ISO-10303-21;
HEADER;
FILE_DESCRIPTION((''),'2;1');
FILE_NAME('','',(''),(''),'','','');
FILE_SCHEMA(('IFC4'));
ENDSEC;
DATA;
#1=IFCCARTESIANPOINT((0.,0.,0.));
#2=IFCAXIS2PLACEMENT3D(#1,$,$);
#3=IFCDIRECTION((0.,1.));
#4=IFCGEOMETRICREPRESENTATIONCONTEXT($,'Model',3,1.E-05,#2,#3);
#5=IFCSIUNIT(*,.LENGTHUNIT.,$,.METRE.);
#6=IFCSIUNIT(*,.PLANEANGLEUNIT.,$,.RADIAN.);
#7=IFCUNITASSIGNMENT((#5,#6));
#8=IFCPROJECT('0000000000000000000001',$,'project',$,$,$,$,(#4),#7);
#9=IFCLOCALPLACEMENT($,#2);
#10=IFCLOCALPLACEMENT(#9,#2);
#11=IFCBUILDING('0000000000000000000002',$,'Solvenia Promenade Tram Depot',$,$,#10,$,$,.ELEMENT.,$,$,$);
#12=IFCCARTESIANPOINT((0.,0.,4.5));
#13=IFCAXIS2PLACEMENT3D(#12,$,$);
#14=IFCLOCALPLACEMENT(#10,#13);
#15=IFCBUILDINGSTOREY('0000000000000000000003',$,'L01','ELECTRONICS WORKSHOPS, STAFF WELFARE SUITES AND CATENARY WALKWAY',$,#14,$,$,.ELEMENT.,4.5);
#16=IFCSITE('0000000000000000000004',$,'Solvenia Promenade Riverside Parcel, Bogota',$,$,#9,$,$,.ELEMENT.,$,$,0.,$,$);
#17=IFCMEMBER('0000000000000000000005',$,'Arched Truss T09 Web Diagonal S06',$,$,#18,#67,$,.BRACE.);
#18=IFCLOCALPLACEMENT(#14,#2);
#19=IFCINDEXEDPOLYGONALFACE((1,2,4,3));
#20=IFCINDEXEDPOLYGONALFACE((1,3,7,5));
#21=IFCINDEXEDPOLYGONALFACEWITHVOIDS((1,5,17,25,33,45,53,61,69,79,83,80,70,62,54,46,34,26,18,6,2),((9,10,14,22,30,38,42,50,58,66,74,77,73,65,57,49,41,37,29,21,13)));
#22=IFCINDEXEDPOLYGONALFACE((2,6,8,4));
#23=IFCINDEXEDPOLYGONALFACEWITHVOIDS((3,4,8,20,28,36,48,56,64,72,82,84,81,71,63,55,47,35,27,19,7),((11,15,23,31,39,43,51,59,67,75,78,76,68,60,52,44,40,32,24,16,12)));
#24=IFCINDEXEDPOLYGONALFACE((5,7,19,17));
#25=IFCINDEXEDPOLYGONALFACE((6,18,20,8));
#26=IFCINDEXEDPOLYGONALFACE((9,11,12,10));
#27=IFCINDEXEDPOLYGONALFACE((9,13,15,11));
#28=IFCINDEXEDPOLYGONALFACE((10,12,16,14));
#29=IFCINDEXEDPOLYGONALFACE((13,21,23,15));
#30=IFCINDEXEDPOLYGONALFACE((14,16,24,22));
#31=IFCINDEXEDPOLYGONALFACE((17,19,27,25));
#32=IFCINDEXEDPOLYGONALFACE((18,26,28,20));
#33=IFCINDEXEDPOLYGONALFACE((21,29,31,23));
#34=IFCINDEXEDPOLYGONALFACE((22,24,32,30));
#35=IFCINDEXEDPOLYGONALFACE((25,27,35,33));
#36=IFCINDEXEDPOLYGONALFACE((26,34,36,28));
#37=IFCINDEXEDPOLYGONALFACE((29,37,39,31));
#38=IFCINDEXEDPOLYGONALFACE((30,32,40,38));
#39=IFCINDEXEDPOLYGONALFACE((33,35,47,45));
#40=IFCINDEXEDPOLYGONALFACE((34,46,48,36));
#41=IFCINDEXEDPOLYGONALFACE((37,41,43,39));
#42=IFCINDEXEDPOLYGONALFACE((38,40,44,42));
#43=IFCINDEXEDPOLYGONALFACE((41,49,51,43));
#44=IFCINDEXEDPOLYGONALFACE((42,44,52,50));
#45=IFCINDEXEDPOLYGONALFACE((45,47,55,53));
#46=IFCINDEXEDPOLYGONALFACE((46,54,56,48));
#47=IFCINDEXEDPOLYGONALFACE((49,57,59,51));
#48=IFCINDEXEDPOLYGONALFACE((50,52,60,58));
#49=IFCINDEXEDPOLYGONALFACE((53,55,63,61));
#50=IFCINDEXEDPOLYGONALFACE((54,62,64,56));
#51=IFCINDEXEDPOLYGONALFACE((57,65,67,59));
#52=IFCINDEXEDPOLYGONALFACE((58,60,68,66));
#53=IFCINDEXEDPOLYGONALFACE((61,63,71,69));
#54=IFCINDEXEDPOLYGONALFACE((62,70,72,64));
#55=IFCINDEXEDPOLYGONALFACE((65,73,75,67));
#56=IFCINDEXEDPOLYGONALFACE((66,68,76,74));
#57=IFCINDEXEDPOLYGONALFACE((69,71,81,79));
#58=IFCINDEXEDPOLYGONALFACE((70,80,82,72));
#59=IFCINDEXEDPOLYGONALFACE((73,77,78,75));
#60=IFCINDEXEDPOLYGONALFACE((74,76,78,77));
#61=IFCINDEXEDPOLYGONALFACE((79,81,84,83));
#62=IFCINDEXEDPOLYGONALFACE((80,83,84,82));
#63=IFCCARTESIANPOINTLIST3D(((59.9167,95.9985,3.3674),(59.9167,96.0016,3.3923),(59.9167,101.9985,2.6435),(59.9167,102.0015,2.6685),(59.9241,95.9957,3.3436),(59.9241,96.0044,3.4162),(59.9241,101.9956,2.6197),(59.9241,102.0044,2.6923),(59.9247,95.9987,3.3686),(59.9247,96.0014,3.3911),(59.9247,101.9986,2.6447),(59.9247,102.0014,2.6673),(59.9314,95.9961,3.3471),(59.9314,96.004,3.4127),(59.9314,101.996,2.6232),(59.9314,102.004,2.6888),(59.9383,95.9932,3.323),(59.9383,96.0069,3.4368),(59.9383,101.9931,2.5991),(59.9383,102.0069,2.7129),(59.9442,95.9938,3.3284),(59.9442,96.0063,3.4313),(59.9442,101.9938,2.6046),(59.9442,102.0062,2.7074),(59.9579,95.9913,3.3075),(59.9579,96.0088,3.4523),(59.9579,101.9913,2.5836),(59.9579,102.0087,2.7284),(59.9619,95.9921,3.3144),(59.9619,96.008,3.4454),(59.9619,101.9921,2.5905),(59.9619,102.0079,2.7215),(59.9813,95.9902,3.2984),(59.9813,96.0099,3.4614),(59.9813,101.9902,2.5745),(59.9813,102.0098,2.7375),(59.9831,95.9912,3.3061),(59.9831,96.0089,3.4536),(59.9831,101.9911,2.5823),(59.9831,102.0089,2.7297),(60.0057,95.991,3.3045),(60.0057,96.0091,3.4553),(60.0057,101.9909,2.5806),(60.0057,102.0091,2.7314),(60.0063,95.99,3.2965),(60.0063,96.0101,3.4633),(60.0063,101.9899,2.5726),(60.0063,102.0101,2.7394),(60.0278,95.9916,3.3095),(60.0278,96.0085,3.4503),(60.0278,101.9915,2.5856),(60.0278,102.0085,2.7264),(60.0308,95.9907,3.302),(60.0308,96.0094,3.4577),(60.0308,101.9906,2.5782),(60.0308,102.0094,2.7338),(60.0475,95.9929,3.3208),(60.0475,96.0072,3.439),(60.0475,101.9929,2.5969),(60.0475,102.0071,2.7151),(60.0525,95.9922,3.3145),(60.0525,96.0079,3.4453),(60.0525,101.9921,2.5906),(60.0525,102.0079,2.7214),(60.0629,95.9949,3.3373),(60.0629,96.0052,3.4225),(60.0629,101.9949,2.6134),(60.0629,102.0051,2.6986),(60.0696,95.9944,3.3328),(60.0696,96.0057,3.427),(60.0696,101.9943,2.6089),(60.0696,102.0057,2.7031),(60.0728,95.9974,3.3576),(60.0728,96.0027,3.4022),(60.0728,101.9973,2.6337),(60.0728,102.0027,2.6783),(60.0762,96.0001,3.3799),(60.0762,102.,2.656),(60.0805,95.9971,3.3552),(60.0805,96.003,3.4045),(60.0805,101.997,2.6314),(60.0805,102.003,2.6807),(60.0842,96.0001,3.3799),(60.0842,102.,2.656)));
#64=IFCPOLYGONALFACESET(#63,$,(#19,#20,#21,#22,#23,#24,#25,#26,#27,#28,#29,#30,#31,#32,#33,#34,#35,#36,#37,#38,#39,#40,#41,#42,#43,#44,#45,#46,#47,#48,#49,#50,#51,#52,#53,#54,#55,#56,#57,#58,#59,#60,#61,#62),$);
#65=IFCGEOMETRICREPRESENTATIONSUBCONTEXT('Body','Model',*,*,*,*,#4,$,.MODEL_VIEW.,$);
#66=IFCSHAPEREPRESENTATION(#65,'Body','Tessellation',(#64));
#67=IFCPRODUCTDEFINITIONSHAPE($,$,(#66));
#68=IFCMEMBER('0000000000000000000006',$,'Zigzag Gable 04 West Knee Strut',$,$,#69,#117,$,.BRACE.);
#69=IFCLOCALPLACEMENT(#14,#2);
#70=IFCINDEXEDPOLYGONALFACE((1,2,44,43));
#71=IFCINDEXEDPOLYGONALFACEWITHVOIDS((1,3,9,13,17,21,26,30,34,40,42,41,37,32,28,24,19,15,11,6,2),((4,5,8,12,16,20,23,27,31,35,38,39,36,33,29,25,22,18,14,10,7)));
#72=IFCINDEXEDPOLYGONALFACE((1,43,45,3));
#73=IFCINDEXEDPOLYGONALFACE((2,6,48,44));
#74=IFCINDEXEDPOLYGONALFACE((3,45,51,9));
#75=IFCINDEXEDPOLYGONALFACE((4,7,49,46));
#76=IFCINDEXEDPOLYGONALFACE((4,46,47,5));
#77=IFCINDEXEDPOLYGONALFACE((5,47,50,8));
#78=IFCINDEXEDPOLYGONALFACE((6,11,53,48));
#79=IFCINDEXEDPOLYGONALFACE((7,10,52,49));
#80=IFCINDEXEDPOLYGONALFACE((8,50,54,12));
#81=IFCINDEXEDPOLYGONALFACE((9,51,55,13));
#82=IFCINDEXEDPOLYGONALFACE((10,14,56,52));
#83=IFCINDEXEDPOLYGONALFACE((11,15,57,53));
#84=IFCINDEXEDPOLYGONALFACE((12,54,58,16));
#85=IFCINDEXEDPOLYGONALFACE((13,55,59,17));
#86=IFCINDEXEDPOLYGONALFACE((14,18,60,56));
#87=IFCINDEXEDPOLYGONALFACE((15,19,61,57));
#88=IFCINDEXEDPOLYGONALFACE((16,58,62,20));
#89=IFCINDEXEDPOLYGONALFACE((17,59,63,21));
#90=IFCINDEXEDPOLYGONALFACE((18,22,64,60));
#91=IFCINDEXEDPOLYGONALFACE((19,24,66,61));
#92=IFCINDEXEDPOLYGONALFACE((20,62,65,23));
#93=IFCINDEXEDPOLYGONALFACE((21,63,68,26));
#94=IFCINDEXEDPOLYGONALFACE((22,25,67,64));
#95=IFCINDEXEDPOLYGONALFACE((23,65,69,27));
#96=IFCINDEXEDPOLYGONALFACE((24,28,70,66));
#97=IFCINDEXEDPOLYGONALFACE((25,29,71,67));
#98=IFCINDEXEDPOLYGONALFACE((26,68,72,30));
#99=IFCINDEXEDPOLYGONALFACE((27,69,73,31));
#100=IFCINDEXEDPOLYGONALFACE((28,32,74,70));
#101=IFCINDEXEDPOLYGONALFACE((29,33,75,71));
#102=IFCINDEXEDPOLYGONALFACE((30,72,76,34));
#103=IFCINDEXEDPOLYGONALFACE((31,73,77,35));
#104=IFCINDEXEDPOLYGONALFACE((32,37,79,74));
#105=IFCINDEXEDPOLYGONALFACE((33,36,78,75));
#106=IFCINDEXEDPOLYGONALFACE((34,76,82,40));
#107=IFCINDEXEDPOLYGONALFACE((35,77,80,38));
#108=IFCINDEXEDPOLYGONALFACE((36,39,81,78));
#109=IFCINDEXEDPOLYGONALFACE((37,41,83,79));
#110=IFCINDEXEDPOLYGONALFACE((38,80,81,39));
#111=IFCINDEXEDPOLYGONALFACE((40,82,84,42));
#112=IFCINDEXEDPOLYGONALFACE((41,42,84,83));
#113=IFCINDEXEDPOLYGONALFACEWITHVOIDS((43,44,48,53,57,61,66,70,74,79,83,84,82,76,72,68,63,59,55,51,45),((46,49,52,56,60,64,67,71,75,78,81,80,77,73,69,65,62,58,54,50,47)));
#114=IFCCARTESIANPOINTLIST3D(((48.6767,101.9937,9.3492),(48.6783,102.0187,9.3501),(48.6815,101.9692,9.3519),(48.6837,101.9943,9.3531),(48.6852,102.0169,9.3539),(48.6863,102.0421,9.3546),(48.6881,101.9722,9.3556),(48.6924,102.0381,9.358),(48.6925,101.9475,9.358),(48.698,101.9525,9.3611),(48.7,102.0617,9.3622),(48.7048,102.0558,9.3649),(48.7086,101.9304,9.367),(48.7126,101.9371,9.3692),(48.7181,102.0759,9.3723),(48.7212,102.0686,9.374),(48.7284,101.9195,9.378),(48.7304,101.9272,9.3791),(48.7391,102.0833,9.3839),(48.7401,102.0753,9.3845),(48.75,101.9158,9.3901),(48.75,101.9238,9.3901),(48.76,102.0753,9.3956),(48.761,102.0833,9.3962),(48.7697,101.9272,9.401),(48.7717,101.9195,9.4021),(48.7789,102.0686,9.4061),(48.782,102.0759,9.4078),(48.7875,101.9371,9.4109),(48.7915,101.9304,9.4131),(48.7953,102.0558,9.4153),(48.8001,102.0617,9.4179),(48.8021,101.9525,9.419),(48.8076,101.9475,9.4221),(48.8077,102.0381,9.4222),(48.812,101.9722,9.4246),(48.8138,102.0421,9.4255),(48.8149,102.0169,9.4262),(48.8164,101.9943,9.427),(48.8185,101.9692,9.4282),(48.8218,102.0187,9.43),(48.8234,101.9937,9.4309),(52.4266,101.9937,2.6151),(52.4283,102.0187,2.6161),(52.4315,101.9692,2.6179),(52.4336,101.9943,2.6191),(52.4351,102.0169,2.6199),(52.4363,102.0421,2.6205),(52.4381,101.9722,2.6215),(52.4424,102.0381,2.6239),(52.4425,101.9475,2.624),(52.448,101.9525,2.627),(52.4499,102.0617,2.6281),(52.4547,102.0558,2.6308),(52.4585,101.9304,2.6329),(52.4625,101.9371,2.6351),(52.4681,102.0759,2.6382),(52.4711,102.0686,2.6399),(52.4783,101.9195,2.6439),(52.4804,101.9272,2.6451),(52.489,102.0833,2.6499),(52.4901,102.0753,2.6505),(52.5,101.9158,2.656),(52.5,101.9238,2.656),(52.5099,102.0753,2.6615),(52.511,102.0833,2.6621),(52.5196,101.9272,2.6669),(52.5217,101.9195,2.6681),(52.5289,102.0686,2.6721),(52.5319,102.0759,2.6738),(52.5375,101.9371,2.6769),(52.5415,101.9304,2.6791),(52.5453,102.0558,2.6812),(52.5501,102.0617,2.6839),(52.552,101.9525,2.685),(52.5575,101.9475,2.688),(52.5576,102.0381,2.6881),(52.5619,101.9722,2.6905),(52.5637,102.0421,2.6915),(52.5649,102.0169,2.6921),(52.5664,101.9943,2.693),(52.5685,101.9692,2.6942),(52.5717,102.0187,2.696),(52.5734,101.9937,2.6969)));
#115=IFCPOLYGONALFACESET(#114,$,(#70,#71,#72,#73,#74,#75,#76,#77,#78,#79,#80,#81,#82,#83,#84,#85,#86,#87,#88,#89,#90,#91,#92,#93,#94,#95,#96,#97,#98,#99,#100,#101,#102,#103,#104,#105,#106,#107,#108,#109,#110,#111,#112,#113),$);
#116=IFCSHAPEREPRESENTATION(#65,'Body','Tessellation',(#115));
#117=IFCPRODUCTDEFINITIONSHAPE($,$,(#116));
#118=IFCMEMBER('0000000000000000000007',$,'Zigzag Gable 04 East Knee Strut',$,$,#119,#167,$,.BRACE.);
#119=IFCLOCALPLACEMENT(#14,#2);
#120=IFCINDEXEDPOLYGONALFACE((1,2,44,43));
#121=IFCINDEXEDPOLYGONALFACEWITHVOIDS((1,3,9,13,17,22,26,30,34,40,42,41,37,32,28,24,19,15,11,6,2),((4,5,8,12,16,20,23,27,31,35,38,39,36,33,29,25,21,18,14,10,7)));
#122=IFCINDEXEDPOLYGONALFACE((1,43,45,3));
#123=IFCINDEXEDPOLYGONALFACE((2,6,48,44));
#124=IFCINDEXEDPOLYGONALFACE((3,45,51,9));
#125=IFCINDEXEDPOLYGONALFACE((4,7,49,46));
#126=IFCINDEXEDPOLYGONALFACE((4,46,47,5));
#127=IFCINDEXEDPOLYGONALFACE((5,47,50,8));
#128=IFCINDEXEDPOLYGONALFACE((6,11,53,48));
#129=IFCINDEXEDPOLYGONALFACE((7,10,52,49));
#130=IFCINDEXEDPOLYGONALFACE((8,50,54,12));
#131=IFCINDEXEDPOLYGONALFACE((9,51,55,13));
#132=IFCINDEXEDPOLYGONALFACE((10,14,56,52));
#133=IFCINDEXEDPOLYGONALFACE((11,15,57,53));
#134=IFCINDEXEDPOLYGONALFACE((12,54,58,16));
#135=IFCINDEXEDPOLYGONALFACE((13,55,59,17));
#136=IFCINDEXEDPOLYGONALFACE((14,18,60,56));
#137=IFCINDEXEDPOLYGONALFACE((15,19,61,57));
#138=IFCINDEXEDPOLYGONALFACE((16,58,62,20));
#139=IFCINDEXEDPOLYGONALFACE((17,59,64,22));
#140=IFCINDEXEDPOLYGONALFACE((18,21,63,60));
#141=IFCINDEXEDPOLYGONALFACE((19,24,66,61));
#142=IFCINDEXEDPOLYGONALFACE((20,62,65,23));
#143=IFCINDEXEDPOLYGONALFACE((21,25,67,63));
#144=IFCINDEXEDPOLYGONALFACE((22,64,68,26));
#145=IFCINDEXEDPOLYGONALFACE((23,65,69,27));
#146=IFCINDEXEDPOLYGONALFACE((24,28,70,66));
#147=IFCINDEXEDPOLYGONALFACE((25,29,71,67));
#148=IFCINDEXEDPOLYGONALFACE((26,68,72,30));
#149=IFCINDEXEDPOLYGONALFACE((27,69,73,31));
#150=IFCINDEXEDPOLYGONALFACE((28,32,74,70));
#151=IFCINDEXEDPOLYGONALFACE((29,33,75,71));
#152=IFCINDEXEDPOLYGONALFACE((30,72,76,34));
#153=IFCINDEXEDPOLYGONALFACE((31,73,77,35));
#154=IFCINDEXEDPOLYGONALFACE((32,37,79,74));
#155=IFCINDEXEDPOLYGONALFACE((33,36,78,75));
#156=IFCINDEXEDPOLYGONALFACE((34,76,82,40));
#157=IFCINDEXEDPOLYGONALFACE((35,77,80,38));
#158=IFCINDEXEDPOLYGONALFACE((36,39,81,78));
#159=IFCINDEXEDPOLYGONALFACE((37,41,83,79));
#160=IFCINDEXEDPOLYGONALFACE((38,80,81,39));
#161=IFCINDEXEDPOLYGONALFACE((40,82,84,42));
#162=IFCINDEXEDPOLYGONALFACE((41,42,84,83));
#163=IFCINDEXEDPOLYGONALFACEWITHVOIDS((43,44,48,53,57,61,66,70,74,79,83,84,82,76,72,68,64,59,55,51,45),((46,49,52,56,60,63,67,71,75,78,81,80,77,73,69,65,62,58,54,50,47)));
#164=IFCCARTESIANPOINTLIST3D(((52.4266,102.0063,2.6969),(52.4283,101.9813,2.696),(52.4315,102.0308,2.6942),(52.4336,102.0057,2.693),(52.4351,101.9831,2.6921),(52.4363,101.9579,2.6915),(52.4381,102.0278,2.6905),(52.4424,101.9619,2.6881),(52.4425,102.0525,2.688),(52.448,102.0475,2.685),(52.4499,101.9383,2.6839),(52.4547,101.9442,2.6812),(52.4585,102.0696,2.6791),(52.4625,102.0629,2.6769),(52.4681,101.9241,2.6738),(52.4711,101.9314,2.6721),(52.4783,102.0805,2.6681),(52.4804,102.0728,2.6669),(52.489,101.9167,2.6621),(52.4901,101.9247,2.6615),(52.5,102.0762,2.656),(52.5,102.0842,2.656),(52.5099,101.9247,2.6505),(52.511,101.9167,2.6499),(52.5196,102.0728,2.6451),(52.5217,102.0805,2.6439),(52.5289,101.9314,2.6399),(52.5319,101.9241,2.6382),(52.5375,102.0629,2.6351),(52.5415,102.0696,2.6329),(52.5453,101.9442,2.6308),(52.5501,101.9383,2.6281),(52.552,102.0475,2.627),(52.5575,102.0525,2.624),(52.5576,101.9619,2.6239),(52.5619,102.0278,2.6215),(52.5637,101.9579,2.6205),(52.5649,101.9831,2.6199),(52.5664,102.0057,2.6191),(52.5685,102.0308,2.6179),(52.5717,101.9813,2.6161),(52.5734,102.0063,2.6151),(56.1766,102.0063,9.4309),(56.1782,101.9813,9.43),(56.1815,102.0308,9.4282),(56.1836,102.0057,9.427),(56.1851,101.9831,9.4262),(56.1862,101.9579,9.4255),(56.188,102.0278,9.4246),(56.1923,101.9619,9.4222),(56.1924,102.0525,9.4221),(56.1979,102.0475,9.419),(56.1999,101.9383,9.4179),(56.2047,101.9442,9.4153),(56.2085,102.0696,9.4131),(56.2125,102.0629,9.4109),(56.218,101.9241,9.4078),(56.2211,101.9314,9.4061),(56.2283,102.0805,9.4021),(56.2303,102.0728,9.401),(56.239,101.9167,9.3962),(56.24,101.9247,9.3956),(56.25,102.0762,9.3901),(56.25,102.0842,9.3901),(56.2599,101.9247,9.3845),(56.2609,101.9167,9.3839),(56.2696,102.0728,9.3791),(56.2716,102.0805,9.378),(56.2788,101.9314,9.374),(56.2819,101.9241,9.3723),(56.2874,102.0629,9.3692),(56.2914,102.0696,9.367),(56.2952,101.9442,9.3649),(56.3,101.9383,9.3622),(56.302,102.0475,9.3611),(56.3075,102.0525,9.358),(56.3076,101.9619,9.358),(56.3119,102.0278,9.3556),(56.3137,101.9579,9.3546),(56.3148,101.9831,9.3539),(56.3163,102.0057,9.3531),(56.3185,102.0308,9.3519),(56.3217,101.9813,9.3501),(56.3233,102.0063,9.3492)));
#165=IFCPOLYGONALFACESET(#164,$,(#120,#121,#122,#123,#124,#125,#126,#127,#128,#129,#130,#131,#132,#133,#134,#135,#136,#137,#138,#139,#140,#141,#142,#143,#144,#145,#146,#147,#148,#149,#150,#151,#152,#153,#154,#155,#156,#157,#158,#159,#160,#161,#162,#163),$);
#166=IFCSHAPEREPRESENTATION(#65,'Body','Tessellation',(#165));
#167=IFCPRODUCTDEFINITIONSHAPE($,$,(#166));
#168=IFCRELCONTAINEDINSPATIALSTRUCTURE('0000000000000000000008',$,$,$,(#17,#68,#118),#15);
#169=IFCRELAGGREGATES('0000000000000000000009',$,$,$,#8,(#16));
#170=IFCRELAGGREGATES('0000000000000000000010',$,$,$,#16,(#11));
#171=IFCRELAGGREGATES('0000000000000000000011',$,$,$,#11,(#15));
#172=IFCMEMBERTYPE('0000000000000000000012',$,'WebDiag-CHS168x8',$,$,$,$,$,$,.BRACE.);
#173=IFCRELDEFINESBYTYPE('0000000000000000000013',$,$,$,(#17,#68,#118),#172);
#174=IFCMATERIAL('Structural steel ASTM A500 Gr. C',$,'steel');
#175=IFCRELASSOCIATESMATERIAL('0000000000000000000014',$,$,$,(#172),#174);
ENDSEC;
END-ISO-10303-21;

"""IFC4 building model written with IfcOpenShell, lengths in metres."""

from ifc_helpers import new_model, si_unit, direction, frame, origin, origin_2d, place, context, subcontext, project, spatial, hollow_circle, extrude, material, material_profile, profile_set, type_object, element, save


model = new_model("IFC4")

# Units and contexts
model_context = context("Model", 3, precision=1e-05, world=origin(), true_north=direction((0.0, 1.0)))
body_context = subcontext(model_context, "Body", "Model", "MODEL_VIEW")
ifc_project = project(units=[si_unit("LENGTHUNIT", "METRE"), si_unit("PLANEANGLEUNIT", "RADIAN")], contexts=[model_context])

# Site, building, storey
site_placement = place(None, origin())
site = spatial("IfcSite", under=ifc_project, at=site_placement, Name="Solvenia Promenade Riverside Parcel, Bogota", CompositionType="ELEMENT", RefElevation=0.0)
building_placement = place(site_placement, origin())
building = spatial("IfcBuilding", under=site, at=building_placement, Name="Solvenia Promenade Tram Depot", CompositionType="ELEMENT")
storey_placement = place(building_placement, frame((0.0, 0.0, 4.5)))
storey = spatial("IfcBuildingStorey", under=building, at=storey_placement, Name="L01", Description="ELECTRONICS WORKSHOPS, STAFF WELFARE SUITES AND CATENARY WALKWAY", CompositionType="ELEMENT", Elevation=4.5)

# Shared definitions
ifc_material_1 = material(Name="Structural steel ASTM A500 Gr. C", Category="steel")

# Members
ifc_material_profile_1 = material_profile(ifc_material_1, hollow_circle(Radius=0.0842, WallThickness=0.0081, at=origin_2d()), Name="CHS168.3x8", Category="steel")
ifc_profile_set_1 = profile_set([ifc_material_profile_1], Name="Structural steel ASTM A500 Gr. C")
member_type_1 = type_object("IfcMemberType", Name="WebDiag-CHS168x8", PredefinedType="BRACE", material=ifc_profile_set_1)
member_1_placement = place(storey_placement, frame((60.0, 102.0, 2.656), z_axis=(0.0, -0.992801, 0.119778), x_axis=(1.0, 0.0, 0.0)))
element("IfcMember", 1, at=member_1_placement, inside=storey, type_object=member_type_1, Name="Arched Truss T09 Web Diagonal S06", PredefinedType="BRACE", context=body_context, shape_type="SweptSolid", body=[
    extrude(hollow_circle(Radius=0.0842, WallThickness=0.0081, at=origin_2d()), origin(), (0.0, 0.0, 1.0), 6.0435),
])
for number, where, z_axis, x_axis, name in (
    (2, (52.5, 102.0, 2.656), (-0.486517, 0.0, 0.873671), (0.0, -1.0, 0.0), "Zigzag Gable 04 West Knee Strut"),
    (3, (52.5, 102.0, 2.656), (0.486517, 0.0, 0.873671), (0.0, 1.0, 0.0), "Zigzag Gable 04 East Knee Strut"),
):
    element("IfcMember", number, at=place(storey_placement, frame(where, z_axis=z_axis, x_axis=x_axis)), inside=storey, type_object=member_type_1, Name=name, PredefinedType="BRACE", context=body_context, shape_type="SweptSolid", body=[
        extrude(hollow_circle(Radius=0.0842, WallThickness=0.0081, at=origin_2d()), origin(), (0.0, 0.0, 1.0), 7.7078),
    ])

save(model, "model.ifc")
